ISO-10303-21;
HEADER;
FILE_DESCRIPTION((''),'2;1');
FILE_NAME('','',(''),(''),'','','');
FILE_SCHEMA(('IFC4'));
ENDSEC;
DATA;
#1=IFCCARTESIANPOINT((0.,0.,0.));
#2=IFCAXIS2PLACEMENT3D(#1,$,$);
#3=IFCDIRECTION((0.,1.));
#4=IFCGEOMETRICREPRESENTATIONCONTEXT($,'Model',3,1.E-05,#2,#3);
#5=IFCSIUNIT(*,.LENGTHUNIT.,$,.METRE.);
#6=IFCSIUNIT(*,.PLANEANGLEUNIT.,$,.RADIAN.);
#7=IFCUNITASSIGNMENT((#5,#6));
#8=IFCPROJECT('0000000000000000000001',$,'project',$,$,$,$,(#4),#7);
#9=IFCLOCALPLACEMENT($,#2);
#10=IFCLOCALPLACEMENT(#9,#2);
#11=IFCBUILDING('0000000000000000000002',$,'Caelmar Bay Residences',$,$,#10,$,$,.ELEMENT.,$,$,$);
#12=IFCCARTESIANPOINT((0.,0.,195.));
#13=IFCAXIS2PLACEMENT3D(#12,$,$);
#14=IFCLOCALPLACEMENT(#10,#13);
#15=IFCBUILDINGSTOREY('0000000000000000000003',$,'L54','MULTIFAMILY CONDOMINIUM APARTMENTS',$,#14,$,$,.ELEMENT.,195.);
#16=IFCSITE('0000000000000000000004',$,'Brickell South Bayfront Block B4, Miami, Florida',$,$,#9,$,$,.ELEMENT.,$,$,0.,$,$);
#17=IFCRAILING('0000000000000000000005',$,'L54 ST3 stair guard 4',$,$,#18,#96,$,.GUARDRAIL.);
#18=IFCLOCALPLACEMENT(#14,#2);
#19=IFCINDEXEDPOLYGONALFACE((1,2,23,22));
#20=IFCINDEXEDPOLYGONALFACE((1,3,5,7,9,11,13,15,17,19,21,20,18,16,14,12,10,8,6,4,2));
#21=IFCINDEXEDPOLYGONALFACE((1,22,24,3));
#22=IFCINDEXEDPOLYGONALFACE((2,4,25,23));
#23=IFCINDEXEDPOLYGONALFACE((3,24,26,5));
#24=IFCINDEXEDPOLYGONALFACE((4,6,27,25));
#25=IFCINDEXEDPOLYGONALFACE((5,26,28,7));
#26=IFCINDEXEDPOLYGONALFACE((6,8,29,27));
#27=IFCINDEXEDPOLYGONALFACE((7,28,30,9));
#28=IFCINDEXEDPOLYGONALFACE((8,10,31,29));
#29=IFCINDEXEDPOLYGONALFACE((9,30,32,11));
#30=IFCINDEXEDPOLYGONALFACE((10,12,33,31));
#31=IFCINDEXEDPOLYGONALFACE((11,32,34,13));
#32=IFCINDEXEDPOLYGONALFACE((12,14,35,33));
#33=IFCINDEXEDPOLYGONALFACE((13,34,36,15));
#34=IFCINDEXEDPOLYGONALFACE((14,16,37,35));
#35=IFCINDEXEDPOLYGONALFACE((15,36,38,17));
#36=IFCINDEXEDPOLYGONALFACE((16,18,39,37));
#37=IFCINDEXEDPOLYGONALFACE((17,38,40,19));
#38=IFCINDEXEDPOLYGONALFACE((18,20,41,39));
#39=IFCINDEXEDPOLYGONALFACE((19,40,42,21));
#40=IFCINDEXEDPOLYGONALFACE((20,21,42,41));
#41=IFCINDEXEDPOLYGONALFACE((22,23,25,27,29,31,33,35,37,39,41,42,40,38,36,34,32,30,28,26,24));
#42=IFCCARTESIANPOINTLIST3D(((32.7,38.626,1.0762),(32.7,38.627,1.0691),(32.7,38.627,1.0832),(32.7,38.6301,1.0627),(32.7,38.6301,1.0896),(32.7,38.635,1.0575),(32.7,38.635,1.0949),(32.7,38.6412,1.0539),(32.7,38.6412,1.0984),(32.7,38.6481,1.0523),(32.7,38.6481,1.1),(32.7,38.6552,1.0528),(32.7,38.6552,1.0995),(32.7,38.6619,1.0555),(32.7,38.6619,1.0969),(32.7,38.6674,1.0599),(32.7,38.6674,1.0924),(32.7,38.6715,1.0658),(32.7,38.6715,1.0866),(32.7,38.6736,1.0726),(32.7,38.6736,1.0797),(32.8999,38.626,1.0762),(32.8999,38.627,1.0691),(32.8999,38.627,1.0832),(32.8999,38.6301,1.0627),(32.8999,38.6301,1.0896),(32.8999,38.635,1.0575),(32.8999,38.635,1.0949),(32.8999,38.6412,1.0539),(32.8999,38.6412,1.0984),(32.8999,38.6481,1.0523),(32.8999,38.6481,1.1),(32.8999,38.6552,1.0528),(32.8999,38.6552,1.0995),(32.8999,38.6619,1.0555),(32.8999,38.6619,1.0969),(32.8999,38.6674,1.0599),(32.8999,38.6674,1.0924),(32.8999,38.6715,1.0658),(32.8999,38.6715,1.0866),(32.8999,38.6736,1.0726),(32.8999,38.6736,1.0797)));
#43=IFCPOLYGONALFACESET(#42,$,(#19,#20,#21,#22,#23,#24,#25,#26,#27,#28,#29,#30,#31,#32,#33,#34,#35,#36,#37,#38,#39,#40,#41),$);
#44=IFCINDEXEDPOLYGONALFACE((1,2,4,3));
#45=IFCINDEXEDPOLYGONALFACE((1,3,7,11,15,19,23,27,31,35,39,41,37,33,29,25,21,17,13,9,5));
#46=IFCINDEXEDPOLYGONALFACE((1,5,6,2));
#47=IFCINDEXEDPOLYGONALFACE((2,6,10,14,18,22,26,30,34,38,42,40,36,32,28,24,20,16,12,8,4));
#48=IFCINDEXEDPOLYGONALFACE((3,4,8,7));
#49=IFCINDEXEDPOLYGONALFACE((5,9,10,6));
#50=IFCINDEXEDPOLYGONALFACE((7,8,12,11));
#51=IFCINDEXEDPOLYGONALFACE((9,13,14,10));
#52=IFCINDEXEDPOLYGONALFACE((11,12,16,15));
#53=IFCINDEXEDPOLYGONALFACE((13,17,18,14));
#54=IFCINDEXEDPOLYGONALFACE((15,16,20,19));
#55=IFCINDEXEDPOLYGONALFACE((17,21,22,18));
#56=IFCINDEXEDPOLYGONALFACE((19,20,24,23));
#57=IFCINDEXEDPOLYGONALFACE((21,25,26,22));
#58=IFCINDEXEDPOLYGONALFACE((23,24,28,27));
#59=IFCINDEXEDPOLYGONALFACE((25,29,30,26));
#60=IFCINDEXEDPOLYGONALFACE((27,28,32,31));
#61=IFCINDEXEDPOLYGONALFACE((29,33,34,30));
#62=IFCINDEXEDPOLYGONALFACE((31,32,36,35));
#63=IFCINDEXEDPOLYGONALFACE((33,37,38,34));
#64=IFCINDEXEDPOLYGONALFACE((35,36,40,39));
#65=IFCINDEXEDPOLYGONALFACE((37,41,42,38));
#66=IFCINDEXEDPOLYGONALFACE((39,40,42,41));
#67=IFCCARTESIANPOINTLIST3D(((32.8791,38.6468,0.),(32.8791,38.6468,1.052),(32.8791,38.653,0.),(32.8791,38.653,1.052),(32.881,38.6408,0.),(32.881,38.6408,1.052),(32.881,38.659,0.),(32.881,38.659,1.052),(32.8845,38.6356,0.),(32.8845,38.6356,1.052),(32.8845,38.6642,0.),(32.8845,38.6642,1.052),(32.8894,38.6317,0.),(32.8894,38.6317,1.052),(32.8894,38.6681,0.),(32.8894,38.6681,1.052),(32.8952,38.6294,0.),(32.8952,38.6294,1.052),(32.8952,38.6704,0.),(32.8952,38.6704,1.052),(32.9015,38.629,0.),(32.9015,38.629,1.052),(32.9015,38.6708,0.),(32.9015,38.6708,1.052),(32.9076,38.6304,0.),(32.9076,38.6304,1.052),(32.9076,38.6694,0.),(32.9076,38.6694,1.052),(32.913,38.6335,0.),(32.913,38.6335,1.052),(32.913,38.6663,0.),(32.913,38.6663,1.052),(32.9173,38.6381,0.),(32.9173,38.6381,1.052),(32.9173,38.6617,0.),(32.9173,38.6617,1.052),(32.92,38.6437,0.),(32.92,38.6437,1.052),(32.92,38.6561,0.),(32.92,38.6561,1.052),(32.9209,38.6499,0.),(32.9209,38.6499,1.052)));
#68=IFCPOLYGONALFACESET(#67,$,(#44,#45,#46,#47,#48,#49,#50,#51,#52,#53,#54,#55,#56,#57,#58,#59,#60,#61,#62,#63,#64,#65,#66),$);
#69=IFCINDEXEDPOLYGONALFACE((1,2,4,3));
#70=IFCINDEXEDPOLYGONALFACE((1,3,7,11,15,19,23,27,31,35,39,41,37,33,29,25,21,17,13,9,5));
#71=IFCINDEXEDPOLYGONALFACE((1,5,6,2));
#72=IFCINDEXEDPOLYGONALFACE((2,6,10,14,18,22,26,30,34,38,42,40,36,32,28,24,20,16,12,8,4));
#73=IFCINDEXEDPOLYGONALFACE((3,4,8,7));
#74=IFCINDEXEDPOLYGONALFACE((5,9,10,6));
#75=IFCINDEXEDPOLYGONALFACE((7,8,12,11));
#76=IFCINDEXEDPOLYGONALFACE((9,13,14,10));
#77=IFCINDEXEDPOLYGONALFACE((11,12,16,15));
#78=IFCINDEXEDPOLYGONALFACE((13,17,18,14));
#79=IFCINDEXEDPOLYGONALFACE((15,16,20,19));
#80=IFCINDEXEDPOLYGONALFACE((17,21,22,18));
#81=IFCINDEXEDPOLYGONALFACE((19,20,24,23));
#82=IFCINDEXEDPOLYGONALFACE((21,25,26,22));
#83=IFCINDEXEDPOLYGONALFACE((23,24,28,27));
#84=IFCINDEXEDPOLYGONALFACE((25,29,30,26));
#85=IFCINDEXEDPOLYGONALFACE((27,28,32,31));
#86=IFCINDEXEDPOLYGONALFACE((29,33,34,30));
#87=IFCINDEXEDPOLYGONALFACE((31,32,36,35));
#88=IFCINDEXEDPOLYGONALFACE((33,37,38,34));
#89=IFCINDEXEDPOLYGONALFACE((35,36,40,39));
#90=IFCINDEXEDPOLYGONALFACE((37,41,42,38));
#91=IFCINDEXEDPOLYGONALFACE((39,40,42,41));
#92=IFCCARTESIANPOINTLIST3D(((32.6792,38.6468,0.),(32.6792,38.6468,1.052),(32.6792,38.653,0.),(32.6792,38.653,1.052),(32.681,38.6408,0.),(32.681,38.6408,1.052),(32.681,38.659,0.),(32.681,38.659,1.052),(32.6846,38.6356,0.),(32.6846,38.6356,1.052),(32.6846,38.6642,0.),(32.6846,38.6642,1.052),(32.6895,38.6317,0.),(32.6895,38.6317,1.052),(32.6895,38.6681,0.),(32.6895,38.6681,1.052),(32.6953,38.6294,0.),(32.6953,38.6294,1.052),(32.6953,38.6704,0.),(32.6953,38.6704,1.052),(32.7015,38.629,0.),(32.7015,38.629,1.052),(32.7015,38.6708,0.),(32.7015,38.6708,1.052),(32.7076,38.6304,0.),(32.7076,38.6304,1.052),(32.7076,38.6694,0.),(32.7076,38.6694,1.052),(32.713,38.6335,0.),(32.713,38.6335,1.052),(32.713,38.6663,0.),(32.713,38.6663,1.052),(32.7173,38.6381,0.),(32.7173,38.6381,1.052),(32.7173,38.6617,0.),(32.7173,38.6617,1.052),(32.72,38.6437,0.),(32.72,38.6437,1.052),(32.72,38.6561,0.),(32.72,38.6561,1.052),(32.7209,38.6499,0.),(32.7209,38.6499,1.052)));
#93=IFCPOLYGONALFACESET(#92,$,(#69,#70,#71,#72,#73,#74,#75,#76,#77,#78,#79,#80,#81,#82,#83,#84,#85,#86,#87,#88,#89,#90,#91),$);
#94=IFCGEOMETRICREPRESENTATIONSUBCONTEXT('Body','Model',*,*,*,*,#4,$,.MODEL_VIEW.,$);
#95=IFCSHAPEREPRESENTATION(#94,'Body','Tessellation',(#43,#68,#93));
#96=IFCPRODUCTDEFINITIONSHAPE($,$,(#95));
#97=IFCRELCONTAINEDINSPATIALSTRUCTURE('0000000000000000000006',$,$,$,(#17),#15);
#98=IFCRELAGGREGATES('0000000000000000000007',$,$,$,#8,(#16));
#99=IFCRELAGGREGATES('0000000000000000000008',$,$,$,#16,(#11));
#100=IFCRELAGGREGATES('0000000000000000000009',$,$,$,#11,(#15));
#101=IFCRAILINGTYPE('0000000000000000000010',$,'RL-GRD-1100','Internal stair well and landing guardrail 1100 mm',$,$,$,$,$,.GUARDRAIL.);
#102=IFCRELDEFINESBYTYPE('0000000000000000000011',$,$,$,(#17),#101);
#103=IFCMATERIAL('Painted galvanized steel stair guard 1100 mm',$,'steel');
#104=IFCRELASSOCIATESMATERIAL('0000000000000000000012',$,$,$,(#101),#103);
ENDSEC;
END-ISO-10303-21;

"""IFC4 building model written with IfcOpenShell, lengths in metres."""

from ifc_helpers import new_model, si_unit, direction, frame, origin, origin_2d, place, context, subcontext, project, spatial, circle, extrude, material, type_object, element, save


model = new_model("IFC4")

# Units and contexts
model_context = context("Model", 3, precision=1e-05, world=origin(), true_north=direction((0.0, 1.0)))
body_context = subcontext(model_context, "Body", "Model", "MODEL_VIEW")
ifc_project = project(units=[si_unit("LENGTHUNIT", "METRE"), si_unit("PLANEANGLEUNIT", "RADIAN")], contexts=[model_context])

# Site, building, storey
site_placement = place(None, origin())
site = spatial("IfcSite", under=ifc_project, at=site_placement, Name="Brickell South Bayfront Block B4, Miami, Florida", CompositionType="ELEMENT", RefElevation=0.0)
building_placement = place(site_placement, origin())
building = spatial("IfcBuilding", under=site, at=building_placement, Name="Caelmar Bay Residences", CompositionType="ELEMENT")
storey_placement = place(building_placement, frame((0.0, 0.0, 195.0)))
storey = spatial("IfcBuildingStorey", under=building, at=storey_placement, Name="L54", Description="MULTIFAMILY CONDOMINIUM APARTMENTS", CompositionType="ELEMENT", Elevation=195.0)

# Railing
ifc_material_1 = material(Name="Painted galvanized steel stair guard 1100 mm", Category="steel")
railing_type_1 = type_object("IfcRailingType", Name="RL-GRD-1100", Description="Internal stair well and landing guardrail 1100 mm", PredefinedType="GUARDRAIL", material=ifc_material_1)
railing_1_placement = place(storey_placement, frame((32.8999, 38.6499, 0.0)))
element("IfcRailing", 1, at=railing_1_placement, inside=storey, type_object=railing_type_1, Name="L54 ST3 stair guard 4", PredefinedType="GUARDRAIL", context=body_context, shape_type="SweptSolid", body=[
    extrude(circle(Radius=0.0239, at=origin_2d()), frame((0.0, 0.0, 1.0762), z_axis=(-1.0, 0.0, 0.0), x_axis=(0.0, -1.0, 0.0)), (0.0, 0.0, 1.0), 0.2),
    extrude(circle(Radius=0.021, at=origin_2d()), origin(), (0.0, 0.0, 1.0), 1.052),
    extrude(circle(Radius=0.021, at=origin_2d()), frame((-0.2, 0.0, 0.0)), (0.0, 0.0, 1.0), 1.052),
])

save(model, "model.ifc")
